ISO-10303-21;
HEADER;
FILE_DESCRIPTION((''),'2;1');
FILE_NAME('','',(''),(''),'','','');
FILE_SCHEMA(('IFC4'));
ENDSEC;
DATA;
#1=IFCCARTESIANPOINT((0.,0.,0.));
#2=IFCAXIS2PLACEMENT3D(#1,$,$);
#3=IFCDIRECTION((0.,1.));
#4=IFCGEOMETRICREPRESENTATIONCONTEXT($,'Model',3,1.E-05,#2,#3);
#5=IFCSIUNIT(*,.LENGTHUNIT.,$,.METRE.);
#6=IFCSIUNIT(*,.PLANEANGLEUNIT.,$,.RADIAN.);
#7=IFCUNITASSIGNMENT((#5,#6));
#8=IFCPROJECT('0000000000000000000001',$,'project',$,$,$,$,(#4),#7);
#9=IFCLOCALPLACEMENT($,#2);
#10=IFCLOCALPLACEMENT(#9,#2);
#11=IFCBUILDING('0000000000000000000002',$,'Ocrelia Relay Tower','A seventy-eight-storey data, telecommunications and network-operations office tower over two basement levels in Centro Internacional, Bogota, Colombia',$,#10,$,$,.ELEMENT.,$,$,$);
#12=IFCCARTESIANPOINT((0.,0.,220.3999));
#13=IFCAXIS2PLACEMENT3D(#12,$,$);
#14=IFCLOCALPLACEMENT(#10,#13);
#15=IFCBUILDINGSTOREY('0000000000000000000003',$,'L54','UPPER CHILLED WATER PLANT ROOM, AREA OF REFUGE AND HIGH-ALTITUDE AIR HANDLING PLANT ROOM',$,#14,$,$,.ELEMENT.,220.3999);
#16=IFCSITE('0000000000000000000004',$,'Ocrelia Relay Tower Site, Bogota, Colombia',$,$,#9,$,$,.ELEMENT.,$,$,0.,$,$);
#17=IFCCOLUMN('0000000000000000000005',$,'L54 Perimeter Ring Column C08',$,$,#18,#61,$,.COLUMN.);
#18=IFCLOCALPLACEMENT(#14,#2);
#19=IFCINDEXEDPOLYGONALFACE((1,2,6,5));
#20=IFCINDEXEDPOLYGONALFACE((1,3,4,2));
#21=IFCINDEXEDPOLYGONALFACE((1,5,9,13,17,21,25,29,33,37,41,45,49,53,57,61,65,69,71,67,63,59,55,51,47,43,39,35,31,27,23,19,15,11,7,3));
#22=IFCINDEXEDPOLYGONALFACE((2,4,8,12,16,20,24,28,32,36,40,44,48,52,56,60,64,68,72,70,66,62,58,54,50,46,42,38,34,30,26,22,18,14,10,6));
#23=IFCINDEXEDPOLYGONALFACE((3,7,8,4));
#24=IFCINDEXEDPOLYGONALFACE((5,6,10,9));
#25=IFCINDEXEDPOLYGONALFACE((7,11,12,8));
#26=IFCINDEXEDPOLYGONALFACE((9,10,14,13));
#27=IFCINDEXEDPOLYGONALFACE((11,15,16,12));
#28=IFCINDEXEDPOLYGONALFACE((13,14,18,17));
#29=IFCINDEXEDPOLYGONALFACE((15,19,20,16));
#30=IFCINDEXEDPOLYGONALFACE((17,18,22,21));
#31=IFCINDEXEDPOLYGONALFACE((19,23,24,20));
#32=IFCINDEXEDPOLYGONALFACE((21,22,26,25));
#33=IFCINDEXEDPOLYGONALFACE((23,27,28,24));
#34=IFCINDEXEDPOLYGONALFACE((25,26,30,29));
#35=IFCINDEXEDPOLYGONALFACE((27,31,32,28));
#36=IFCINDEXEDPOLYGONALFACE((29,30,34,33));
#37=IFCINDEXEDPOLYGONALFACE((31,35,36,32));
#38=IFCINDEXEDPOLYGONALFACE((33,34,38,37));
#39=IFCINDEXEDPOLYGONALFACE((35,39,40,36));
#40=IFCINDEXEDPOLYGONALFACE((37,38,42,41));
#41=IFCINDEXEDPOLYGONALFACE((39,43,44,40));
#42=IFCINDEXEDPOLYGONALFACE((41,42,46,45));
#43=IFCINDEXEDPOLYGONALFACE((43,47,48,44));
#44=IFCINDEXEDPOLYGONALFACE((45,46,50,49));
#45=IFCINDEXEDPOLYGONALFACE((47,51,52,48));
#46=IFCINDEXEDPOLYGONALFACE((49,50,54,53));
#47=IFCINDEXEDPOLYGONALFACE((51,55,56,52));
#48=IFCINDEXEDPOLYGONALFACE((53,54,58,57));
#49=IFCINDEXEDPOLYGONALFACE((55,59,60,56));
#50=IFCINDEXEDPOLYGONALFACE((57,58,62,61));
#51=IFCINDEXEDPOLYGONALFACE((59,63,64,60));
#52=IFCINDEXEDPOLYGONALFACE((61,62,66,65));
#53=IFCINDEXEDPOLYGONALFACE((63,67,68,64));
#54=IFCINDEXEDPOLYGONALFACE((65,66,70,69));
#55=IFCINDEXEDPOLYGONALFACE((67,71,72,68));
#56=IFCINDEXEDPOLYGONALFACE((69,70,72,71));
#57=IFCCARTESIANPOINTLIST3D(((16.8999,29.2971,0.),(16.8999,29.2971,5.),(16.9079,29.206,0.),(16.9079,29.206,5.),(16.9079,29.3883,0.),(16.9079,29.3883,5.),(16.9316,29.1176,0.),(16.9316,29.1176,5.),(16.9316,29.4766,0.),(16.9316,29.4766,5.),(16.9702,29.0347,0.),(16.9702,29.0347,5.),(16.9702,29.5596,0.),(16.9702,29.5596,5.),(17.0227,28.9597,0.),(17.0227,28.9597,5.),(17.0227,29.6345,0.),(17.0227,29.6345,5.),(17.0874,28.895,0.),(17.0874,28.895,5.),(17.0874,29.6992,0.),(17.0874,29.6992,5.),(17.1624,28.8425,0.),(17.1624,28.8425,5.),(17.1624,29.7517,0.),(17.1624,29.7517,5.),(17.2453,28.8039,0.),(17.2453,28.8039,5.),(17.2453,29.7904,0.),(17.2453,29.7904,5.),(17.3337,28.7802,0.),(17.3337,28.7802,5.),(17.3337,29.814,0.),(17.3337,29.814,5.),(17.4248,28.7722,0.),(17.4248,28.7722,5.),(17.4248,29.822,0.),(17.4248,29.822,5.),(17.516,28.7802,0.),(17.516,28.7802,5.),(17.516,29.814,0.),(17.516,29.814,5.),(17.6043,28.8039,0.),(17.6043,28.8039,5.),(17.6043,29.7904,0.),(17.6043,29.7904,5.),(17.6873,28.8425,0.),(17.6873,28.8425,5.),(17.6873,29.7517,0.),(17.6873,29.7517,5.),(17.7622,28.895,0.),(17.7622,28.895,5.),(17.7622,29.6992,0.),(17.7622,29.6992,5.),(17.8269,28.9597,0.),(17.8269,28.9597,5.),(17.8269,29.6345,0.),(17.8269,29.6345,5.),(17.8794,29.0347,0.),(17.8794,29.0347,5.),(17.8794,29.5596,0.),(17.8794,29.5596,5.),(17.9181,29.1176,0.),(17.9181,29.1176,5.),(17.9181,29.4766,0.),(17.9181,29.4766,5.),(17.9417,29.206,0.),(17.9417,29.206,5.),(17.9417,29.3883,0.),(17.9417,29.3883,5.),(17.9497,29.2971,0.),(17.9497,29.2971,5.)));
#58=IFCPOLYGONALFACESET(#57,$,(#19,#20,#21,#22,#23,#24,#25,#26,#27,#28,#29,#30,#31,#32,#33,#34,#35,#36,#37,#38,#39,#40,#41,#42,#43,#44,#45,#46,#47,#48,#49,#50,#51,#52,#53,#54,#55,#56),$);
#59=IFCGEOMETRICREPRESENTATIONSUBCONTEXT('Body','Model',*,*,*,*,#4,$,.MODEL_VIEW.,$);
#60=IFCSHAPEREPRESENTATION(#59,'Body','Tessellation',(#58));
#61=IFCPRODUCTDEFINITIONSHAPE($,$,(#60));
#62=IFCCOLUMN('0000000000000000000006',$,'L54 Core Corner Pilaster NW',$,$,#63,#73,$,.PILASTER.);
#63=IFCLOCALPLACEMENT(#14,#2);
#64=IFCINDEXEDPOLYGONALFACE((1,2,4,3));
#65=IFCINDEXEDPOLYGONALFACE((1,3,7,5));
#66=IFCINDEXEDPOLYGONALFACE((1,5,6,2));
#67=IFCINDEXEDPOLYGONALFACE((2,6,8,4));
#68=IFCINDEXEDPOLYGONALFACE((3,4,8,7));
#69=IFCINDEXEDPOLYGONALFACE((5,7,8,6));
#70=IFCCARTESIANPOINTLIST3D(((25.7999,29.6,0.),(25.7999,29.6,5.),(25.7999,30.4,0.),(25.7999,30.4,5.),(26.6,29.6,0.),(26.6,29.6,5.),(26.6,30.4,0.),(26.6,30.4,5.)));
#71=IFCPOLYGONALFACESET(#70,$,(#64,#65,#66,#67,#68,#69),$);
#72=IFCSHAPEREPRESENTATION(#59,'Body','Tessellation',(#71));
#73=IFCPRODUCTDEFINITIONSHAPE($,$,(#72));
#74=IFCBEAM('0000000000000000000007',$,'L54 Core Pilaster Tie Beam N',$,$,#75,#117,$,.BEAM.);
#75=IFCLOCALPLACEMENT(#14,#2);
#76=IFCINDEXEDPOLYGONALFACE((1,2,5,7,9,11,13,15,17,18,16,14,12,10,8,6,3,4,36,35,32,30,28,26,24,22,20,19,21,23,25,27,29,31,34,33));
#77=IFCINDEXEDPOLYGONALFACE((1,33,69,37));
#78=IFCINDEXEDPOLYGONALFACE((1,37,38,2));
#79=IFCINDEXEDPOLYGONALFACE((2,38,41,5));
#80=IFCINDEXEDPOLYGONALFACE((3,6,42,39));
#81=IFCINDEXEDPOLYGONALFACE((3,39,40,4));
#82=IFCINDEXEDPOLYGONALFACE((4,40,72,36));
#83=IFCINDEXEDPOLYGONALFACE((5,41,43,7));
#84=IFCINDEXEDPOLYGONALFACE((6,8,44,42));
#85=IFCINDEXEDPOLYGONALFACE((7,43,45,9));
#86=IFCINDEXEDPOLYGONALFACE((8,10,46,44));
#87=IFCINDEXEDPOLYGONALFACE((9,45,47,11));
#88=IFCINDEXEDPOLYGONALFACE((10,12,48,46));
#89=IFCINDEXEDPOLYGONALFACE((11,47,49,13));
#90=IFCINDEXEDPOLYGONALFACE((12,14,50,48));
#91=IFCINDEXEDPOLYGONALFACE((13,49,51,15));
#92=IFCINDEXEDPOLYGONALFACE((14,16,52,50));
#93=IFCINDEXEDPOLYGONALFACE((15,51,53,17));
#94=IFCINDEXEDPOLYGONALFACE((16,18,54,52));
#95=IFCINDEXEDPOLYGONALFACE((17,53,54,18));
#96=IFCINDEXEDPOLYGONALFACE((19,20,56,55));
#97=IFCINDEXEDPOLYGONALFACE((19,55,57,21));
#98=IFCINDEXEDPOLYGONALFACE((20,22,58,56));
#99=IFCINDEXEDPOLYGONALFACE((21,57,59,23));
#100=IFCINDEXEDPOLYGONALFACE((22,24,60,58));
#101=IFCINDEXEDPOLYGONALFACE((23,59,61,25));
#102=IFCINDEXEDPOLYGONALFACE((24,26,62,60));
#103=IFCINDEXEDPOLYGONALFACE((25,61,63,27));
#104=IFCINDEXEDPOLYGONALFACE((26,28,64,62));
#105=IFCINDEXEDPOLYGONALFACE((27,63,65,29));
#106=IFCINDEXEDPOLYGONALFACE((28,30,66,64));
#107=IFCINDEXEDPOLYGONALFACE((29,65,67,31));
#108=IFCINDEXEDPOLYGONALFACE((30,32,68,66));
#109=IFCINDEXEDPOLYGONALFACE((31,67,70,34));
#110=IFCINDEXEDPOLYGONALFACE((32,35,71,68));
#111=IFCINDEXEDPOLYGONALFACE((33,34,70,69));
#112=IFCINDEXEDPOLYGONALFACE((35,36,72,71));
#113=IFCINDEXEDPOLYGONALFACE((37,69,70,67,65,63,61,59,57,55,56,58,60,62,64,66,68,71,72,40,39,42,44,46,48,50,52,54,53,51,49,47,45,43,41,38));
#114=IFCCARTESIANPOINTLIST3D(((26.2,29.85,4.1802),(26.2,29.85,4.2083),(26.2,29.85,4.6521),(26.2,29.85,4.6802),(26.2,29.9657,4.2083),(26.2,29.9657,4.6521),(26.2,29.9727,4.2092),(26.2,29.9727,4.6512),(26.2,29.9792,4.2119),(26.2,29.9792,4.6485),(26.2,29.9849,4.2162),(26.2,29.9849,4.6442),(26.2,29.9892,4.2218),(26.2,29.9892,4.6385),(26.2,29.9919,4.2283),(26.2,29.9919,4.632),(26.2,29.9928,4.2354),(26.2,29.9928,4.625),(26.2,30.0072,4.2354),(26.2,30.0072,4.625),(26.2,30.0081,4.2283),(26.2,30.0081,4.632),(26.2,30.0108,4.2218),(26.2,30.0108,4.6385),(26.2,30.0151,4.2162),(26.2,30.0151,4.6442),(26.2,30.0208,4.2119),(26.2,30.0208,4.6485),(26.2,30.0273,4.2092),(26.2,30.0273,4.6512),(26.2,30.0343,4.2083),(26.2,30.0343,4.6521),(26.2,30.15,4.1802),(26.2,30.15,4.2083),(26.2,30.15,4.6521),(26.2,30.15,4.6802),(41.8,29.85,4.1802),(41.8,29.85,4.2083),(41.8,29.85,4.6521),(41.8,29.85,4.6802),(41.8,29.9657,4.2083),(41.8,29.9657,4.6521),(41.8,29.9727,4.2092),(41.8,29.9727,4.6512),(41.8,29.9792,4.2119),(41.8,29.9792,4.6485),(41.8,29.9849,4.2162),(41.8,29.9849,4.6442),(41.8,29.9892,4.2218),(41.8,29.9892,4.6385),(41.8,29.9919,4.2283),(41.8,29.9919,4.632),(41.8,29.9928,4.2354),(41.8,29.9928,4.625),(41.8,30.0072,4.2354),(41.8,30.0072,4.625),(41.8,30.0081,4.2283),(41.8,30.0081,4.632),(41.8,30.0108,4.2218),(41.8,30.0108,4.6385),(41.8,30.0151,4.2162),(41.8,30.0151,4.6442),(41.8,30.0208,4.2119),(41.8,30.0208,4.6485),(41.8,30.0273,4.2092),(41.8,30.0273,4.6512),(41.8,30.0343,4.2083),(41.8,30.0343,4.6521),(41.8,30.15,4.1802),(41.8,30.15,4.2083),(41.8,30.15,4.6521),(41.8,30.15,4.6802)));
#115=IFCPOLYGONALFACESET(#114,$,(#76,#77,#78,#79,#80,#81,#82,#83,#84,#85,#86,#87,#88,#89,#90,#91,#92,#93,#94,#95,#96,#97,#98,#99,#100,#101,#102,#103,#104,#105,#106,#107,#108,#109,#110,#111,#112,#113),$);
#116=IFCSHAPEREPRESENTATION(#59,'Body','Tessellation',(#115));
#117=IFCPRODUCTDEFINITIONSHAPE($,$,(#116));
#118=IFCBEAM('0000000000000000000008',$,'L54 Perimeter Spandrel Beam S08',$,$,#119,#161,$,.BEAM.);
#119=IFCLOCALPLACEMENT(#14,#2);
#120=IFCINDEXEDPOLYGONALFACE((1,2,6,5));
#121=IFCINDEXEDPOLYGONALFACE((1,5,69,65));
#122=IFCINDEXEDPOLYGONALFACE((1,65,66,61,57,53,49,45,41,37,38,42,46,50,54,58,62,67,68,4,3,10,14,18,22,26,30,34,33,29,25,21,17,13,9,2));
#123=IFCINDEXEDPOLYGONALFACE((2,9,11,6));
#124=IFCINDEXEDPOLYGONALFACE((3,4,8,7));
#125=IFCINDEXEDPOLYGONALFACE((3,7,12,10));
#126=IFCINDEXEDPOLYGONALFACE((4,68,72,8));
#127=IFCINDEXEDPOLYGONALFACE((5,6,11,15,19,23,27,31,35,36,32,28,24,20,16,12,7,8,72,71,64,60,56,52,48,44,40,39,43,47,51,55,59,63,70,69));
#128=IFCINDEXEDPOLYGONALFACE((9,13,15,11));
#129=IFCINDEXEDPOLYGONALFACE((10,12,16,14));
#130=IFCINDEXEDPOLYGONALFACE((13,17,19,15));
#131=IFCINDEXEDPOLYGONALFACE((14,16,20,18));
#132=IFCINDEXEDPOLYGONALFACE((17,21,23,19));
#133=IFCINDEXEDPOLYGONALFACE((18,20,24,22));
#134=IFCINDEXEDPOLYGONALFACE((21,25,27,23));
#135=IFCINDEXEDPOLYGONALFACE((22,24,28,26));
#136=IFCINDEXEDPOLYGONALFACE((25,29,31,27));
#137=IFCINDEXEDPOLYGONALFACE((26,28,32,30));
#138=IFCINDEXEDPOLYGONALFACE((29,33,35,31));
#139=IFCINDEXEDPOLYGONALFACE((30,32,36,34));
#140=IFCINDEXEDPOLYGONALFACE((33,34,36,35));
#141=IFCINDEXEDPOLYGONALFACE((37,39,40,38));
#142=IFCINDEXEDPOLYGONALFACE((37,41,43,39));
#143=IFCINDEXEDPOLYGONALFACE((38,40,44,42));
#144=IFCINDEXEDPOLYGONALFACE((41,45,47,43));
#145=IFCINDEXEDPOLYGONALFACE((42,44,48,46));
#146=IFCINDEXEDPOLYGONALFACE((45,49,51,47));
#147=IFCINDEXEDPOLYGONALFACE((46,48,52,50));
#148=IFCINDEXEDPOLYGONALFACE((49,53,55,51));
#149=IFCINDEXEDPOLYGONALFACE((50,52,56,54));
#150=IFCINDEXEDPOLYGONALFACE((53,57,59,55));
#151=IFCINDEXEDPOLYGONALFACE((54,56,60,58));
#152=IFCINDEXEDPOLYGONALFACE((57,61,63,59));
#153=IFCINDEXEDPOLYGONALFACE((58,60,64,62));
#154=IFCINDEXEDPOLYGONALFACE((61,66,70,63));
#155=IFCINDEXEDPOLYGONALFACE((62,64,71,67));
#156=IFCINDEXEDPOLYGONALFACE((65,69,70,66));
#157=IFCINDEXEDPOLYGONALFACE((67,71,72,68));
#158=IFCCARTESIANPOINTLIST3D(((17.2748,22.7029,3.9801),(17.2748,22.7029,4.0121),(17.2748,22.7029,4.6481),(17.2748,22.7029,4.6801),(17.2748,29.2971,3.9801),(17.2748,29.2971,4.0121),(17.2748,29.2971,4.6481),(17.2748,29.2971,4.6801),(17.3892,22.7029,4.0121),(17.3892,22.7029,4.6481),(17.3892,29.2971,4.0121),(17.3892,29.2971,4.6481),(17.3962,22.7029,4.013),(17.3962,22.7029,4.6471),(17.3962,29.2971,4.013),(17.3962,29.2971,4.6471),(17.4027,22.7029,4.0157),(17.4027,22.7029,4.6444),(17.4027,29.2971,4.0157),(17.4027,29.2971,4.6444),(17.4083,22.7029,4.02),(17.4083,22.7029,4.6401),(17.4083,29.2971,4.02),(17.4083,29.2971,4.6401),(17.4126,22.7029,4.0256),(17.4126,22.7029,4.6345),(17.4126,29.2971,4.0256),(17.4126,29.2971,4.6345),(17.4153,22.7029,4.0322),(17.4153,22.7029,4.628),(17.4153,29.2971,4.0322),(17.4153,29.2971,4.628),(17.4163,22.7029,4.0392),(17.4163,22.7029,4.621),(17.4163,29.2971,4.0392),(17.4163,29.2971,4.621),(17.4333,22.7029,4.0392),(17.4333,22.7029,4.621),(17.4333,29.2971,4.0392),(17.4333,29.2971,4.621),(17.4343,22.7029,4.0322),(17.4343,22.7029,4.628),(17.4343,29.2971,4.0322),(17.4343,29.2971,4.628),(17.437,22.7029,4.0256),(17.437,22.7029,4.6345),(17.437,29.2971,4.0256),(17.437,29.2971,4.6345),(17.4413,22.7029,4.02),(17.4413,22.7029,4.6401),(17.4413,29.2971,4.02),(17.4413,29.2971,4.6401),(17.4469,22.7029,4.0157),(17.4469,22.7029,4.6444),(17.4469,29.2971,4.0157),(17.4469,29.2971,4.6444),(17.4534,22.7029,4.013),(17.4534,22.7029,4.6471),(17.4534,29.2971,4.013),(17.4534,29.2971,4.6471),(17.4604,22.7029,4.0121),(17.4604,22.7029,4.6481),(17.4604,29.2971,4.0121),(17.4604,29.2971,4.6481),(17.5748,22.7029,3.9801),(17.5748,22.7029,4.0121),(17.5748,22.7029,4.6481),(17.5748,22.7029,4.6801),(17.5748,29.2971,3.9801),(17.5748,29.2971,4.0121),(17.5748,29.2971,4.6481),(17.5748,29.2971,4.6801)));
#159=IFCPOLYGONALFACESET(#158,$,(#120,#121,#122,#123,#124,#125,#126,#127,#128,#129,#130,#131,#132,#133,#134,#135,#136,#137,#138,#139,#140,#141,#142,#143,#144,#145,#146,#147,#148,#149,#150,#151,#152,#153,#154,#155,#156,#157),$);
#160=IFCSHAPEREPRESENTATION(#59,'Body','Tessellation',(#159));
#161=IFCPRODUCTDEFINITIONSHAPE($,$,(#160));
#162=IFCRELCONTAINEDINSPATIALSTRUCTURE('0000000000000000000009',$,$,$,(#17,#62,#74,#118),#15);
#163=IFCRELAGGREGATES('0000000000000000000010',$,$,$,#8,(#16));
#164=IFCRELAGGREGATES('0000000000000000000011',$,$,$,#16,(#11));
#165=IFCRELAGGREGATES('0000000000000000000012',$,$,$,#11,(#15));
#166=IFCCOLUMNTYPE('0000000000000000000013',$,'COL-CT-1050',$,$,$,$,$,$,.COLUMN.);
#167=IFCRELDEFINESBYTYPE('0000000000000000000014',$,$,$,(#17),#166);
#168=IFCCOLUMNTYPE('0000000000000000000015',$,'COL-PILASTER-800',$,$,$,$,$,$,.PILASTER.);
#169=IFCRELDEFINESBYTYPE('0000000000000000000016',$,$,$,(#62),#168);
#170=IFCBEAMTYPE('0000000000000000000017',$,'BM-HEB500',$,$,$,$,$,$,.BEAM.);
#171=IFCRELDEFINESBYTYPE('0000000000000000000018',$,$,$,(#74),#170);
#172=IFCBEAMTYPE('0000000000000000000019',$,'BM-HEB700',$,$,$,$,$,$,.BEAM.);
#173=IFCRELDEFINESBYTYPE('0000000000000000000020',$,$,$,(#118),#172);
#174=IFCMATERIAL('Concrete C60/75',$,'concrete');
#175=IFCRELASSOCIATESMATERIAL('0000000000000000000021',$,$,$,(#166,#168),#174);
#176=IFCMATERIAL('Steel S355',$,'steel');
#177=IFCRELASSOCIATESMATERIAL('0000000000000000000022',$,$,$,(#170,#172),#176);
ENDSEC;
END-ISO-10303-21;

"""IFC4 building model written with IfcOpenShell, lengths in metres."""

from ifc_helpers import new_model, si_unit, direction, frame, origin, origin_2d, place, context, subcontext, project, spatial, rectangle, circle, i_section, extrude, material, material_profile, profile_set, type_object, element, save


model = new_model("IFC4")

# Units and contexts
model_context = context("Model", 3, precision=1e-05, world=origin(), true_north=direction((0.0, 1.0)))
body_context = subcontext(model_context, "Body", "Model", "MODEL_VIEW")
ifc_project = project(units=[si_unit("LENGTHUNIT", "METRE"), si_unit("PLANEANGLEUNIT", "RADIAN")], contexts=[model_context])

# Site, building, storey
site_placement = place(None, origin())
site = spatial("IfcSite", under=ifc_project, at=site_placement, Name="Ocrelia Relay Tower Site, Bogota, Colombia", CompositionType="ELEMENT", RefElevation=0.0)
building_placement = place(site_placement, origin())
building = spatial("IfcBuilding", under=site, at=building_placement, Name="Ocrelia Relay Tower", Description="A seventy-eight-storey data, telecommunications and network-operations office tower over two basement levels in Centro Internacional, Bogota, Colombia", CompositionType="ELEMENT")
storey_placement = place(building_placement, frame((0.0, 0.0, 220.3999)))
storey = spatial("IfcBuildingStorey", under=building, at=storey_placement, Name="L54", Description="UPPER CHILLED WATER PLANT ROOM, AREA OF REFUGE AND HIGH-ALTITUDE AIR HANDLING PLANT ROOM", CompositionType="ELEMENT", Elevation=220.3999)

# Columns
ifc_material_1 = material(Name="Concrete C60/75", Category="concrete")
ifc_material_profile_1 = material_profile(ifc_material_1, circle(Radius=0.5249, at=origin_2d()), Name="RC-CIR-1050")
ifc_profile_set_1 = profile_set([ifc_material_profile_1], Name="Concrete C60/75")
column_type_1 = type_object("IfcColumnType", Name="COL-CT-1050", PredefinedType="COLUMN", material=ifc_profile_set_1)
column_1_placement = place(storey_placement, frame((17.4248, 29.2971, 0.0), z_axis=(0.0, 0.0, 1.0), x_axis=(1.0, 0.0, 0.0)))
element("IfcColumn", 1, at=column_1_placement, inside=storey, type_object=column_type_1, Name="L54 Perimeter Ring Column C08", PredefinedType="COLUMN", context=body_context, shape_type="SweptSolid", body=[
    extrude(circle(Radius=0.5249, at=origin_2d()), origin(), (0.0, 0.0, 1.0), 5.0),
])
ifc_material_profile_2 = material_profile(ifc_material_1, rectangle(XDim=0.8, YDim=0.8, at=origin_2d()), Name="RC-COL-800x800")
ifc_profile_set_2 = profile_set([ifc_material_profile_2], Name="Concrete C60/75")
column_type_2 = type_object("IfcColumnType", Name="COL-PILASTER-800", PredefinedType="PILASTER", material=ifc_profile_set_2)
column_2_placement = place(storey_placement, frame((26.2, 30.0, 0.0), z_axis=(0.0, 0.0, 1.0), x_axis=(1.0, 0.0, 0.0)))
element("IfcColumn", 2, at=column_2_placement, inside=storey, type_object=column_type_2, Name="L54 Core Corner Pilaster NW", PredefinedType="PILASTER", context=body_context, shape_type="SweptSolid", body=[
    extrude(rectangle(XDim=0.8, YDim=0.8, at=origin_2d()), origin(), (0.0, 0.0, 1.0), 5.0),
])

# Beams
ifc_material_2 = material(Name="Steel S355", Category="steel")
ifc_material_profile_3 = material_profile(ifc_material_2, i_section(OverallWidth=0.3, OverallDepth=0.5, WebThickness=0.0144, FlangeThickness=0.0281, FilletRadius=0.0271, at=origin_2d()), Name="HEB 500")
ifc_profile_set_3 = profile_set([ifc_material_profile_3], Name="Steel S355")
beam_type_1 = type_object("IfcBeamType", Name="BM-HEB500", PredefinedType="BEAM", material=ifc_profile_set_3)
beam_1_placement = place(storey_placement, frame((26.2, 30.0, 4.4302), z_axis=(1.0, 0.0, 0.0), x_axis=(0.0, 1.0, 0.0)))
element("IfcBeam", 3, at=beam_1_placement, inside=storey, type_object=beam_type_1, Name="L54 Core Pilaster Tie Beam N", PredefinedType="BEAM", context=body_context, shape_type="SweptSolid", body=[
    extrude(i_section(OverallWidth=0.3, OverallDepth=0.5, WebThickness=0.0144, FlangeThickness=0.0281, FilletRadius=0.0271, at=origin_2d()), origin(), (0.0, 0.0, 1.0), 15.6001),
])
ifc_material_profile_4 = material_profile(ifc_material_2, i_section(OverallWidth=0.3, OverallDepth=0.7, WebThickness=0.0171, FlangeThickness=0.032, FilletRadius=0.0271, at=origin_2d()), Name="HEB 700")
ifc_profile_set_4 = profile_set([ifc_material_profile_4], Name="Steel S355")
beam_type_2 = type_object("IfcBeamType", Name="BM-HEB700", PredefinedType="BEAM", material=ifc_profile_set_4)
beam_2_placement = place(storey_placement, frame((17.4248, 29.2971, 4.3301), z_axis=(0.0, -1.0, 0.0), x_axis=(1.0, 0.0, 0.0)))
element("IfcBeam", 4, at=beam_2_placement, inside=storey, type_object=beam_type_2, Name="L54 Perimeter Spandrel Beam S08", PredefinedType="BEAM", context=body_context, shape_type="SweptSolid", body=[
    extrude(i_section(OverallWidth=0.3, OverallDepth=0.7, WebThickness=0.0171, FlangeThickness=0.032, FilletRadius=0.0271, at=origin_2d()), origin(), (0.0, 0.0, 1.0), 6.5942),
])

save(model, "model.ifc")
